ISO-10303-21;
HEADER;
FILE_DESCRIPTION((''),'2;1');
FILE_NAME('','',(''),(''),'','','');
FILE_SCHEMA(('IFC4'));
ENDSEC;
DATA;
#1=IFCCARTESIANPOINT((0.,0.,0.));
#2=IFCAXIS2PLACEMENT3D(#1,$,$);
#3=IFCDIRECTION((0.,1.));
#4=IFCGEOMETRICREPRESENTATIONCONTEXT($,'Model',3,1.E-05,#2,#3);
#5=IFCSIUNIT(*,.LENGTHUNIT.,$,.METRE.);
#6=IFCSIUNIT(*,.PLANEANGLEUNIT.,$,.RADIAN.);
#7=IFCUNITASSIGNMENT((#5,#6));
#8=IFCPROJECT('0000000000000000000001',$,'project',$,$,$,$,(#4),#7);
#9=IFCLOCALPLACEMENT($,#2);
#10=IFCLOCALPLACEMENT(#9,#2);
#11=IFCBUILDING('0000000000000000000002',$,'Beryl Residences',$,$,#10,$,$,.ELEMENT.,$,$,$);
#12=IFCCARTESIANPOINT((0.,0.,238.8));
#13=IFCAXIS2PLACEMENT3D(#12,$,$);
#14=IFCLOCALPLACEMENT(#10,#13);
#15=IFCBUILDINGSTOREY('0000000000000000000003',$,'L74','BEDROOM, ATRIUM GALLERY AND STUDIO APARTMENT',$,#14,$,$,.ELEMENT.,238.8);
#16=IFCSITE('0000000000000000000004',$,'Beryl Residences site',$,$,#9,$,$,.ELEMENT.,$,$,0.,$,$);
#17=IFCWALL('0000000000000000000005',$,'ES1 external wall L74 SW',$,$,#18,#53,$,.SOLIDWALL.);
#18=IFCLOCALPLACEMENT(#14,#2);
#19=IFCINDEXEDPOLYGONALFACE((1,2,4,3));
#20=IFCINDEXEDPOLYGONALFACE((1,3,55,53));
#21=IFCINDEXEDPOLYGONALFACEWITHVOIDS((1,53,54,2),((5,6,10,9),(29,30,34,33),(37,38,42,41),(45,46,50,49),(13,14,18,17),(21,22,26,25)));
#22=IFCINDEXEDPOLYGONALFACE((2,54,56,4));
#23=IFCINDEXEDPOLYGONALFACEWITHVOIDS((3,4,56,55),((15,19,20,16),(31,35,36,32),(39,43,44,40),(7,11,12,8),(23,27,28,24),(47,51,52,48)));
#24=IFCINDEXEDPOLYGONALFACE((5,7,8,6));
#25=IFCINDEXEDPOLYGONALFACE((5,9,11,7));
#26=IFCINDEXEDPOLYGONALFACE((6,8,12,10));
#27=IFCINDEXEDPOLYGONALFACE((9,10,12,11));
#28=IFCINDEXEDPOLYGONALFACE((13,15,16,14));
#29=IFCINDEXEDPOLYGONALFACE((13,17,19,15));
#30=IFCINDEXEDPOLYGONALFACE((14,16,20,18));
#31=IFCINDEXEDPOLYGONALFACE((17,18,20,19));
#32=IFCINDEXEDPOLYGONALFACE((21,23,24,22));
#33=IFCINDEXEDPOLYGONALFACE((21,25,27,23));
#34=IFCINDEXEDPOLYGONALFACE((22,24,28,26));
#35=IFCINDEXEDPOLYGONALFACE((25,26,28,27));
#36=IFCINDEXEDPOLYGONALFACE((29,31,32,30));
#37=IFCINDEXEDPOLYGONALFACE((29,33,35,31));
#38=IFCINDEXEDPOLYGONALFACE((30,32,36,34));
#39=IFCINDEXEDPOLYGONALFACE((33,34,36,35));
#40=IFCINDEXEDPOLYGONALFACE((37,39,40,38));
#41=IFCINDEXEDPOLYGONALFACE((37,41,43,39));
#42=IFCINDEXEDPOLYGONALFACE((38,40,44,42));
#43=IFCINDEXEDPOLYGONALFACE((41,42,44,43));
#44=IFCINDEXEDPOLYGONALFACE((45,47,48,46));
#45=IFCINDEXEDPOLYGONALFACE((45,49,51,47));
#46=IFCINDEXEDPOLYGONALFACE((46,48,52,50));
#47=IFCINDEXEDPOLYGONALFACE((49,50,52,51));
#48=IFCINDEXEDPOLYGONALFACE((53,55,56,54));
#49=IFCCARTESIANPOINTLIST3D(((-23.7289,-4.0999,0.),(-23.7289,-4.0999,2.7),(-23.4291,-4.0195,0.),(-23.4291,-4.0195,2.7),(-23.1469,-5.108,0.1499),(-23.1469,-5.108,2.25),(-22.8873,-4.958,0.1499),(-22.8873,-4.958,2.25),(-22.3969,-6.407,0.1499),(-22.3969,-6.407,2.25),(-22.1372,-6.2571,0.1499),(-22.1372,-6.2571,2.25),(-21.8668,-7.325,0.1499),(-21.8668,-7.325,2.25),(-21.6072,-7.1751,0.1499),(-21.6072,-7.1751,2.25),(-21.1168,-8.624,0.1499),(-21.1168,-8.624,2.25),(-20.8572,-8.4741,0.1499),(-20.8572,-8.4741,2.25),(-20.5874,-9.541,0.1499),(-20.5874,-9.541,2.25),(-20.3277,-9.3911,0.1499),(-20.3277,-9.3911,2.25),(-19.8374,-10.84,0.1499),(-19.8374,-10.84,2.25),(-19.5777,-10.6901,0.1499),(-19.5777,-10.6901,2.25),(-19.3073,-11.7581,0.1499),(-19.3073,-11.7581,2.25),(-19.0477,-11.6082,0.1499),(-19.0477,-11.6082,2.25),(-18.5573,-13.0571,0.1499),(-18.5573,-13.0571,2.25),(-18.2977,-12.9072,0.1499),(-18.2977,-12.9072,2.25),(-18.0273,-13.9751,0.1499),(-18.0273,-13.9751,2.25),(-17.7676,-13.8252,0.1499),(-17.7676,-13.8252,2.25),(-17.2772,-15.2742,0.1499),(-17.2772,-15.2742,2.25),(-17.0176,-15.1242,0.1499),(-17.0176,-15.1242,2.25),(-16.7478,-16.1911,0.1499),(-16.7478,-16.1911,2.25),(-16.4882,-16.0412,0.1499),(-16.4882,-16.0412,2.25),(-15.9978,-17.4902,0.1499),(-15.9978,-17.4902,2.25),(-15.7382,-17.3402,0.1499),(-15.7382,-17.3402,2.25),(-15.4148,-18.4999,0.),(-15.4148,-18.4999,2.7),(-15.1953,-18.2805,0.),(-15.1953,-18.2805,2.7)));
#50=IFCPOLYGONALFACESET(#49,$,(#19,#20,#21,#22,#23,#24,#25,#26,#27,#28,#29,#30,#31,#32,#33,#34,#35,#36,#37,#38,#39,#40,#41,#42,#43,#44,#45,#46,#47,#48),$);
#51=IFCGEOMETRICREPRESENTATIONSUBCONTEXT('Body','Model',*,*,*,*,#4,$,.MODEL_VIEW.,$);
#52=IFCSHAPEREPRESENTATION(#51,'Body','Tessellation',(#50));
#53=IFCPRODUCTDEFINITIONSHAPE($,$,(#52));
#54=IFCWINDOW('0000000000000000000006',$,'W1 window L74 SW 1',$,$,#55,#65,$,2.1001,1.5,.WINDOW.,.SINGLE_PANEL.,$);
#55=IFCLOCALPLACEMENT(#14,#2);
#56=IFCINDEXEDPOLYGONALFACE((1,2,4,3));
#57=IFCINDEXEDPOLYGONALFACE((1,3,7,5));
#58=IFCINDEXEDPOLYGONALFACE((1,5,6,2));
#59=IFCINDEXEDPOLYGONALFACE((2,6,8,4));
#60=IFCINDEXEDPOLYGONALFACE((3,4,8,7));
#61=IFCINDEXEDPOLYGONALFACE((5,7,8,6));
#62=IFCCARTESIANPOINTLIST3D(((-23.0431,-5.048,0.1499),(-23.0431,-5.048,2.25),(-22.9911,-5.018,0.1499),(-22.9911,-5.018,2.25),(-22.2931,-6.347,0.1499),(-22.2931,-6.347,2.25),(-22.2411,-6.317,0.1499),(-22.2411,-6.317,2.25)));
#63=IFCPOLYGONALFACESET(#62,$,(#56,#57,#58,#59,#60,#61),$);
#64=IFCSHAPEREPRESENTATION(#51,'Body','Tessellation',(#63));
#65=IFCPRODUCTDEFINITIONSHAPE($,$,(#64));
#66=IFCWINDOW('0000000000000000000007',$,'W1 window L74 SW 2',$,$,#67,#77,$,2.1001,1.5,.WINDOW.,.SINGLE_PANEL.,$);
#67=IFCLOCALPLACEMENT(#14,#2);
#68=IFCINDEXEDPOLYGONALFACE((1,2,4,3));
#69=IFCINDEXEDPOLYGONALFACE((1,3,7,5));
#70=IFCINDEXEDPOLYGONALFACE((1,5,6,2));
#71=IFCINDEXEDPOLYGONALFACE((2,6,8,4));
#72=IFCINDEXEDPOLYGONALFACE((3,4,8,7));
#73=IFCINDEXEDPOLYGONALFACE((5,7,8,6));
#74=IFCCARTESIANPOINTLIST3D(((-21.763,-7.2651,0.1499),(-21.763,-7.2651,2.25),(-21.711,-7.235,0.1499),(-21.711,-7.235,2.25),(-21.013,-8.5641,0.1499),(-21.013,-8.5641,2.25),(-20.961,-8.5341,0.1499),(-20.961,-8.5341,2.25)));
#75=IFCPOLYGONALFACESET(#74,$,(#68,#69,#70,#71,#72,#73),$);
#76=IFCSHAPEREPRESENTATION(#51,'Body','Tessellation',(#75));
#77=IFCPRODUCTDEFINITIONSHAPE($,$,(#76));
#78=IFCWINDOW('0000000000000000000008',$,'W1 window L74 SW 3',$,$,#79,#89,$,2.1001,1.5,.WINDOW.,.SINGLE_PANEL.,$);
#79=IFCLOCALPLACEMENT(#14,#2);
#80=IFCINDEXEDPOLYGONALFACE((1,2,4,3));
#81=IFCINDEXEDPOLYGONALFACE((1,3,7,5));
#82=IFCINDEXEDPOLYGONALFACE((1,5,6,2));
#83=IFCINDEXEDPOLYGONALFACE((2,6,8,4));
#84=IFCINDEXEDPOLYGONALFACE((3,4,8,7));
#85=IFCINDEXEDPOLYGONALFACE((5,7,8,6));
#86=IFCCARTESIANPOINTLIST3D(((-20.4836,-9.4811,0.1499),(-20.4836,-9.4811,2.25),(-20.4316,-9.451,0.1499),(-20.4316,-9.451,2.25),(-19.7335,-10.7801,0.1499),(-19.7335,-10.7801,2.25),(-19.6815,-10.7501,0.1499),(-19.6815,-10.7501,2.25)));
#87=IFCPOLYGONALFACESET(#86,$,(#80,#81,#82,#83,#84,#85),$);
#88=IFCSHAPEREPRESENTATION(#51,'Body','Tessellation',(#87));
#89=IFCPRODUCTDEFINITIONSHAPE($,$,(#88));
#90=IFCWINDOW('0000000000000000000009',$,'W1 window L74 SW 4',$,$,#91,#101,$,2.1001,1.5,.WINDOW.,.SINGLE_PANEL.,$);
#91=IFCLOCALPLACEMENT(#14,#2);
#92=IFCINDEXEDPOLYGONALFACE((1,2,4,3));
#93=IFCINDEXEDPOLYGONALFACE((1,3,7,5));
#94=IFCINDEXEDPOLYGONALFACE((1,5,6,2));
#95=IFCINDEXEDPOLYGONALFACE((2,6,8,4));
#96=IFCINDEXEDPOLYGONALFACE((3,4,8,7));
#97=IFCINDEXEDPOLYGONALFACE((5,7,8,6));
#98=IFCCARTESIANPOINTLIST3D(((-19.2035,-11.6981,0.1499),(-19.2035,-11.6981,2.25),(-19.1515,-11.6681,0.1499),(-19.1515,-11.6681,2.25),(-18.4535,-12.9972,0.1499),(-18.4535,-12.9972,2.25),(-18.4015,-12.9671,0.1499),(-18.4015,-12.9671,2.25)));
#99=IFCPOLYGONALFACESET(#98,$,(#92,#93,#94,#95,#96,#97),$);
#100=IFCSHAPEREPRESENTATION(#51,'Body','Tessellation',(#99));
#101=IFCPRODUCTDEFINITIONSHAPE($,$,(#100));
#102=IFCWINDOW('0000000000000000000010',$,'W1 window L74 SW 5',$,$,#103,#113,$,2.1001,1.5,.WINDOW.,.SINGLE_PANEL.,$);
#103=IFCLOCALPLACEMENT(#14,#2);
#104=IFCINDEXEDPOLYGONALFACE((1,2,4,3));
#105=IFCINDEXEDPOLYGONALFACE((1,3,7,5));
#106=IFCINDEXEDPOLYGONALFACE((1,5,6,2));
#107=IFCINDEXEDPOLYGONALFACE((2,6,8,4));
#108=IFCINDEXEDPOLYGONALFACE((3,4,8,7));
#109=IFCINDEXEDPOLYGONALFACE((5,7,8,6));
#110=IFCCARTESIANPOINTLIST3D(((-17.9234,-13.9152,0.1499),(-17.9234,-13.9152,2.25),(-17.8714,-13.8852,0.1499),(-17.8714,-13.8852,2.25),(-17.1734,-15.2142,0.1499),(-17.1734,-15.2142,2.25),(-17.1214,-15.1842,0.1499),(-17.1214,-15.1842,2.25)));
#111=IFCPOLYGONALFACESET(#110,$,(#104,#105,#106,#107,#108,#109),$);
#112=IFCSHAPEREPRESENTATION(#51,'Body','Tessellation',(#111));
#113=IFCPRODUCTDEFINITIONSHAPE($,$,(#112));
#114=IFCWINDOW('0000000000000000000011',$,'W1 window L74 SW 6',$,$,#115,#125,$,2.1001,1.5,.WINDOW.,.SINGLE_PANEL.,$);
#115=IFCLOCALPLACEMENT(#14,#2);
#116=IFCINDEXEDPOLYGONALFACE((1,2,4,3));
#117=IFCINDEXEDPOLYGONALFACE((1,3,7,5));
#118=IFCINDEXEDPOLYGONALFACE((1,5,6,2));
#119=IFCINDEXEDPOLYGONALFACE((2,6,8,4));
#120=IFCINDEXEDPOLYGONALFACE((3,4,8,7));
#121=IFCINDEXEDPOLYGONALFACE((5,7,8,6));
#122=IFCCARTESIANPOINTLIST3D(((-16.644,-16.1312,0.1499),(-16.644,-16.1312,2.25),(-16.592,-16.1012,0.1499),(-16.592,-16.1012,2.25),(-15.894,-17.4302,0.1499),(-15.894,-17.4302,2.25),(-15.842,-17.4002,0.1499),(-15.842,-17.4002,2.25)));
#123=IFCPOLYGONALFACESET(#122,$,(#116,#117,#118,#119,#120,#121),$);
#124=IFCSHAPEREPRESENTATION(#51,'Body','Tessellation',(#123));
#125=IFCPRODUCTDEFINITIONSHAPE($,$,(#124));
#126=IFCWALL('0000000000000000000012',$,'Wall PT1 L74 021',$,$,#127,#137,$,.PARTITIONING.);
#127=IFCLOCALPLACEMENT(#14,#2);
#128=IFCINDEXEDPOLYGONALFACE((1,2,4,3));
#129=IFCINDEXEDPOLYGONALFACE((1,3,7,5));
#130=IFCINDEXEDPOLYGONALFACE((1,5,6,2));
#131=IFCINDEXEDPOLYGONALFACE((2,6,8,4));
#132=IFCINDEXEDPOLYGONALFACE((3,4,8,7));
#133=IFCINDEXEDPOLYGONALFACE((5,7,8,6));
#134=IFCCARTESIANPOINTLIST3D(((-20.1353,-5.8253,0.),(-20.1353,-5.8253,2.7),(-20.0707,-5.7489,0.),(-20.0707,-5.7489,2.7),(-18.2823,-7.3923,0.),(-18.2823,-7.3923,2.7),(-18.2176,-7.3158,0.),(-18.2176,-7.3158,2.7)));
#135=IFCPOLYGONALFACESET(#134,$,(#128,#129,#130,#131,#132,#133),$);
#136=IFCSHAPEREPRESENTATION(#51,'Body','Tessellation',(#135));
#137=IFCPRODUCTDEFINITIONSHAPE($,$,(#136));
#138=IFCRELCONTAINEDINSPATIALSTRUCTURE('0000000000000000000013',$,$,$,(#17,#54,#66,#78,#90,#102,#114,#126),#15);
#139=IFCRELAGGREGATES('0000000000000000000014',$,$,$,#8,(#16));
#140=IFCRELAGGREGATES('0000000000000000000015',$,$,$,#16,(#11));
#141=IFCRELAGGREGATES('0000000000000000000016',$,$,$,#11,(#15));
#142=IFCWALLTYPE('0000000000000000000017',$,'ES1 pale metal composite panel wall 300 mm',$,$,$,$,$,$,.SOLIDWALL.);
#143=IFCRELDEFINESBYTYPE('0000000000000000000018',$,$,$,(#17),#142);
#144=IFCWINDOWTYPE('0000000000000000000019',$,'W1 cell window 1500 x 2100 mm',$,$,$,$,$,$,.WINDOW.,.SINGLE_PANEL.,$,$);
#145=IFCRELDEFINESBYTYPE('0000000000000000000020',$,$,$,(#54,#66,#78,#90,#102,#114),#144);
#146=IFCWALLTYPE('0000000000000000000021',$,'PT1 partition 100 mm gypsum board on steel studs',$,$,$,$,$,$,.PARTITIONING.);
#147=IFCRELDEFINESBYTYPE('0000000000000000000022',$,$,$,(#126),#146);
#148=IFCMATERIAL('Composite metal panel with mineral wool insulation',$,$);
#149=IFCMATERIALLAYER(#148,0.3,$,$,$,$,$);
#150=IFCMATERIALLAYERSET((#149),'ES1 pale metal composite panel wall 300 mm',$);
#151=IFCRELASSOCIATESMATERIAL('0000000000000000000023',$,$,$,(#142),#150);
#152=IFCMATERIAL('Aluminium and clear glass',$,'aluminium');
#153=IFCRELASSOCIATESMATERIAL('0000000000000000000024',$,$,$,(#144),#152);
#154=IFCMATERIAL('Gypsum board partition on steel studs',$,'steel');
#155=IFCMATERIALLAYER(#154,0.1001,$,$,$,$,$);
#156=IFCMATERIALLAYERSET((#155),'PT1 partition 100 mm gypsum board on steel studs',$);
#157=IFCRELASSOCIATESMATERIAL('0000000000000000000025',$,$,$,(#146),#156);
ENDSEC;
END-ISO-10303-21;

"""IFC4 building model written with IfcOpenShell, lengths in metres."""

from ifc_helpers import new_model, si_unit, direction, frame, frame_2d, origin, place, context, subcontext, project, spatial, polyline, rectangle, outline, extrude, material, layer, layer_set, type_object, element, fill, save


model = new_model("IFC4")

# Units and contexts
model_context = context("Model", 3, precision=1e-05, world=origin(), true_north=direction((0.0, 1.0)))
body_context = subcontext(model_context, "Body", "Model", "MODEL_VIEW")
ifc_project = project(units=[si_unit("LENGTHUNIT", "METRE"), si_unit("PLANEANGLEUNIT", "RADIAN")], contexts=[model_context])

# Site, building, storey
site_placement = place(None, origin())
site = spatial("IfcSite", under=ifc_project, at=site_placement, Name="Beryl Residences site", CompositionType="ELEMENT", RefElevation=0.0)
building_placement = place(site_placement, origin())
building = spatial("IfcBuilding", under=site, at=building_placement, Name="Beryl Residences", CompositionType="ELEMENT")
storey_placement = place(building_placement, frame((0.0, 0.0, 238.8)))
storey = spatial("IfcBuildingStorey", under=building, at=storey_placement, Name="L74", Description="BEDROOM, ATRIUM GALLERY AND STUDIO APARTMENT", CompositionType="ELEMENT", Elevation=238.8)

# Wall, openings, windows
ifc_material_1 = material(Name="Composite metal panel with mineral wool insulation")
ifc_layer_1 = layer(ifc_material_1, 0.3)
ifc_layer_set_1 = layer_set([ifc_layer_1], Name="ES1 pale metal composite panel wall 300 mm")
wall_type_1 = type_object("IfcWallType", Name="ES1 pale metal composite panel wall 300 mm", PredefinedType="SOLIDWALL", material=ifc_layer_set_1)
wall_1_placement = place(storey_placement, frame((-23.5991, -4.0249, 0.0), z_axis=(0.0, 0.0, 1.0), x_axis=(0.500013, -0.866018, 0.0)))
wall_1 = element("IfcWall", 1, at=wall_1_placement, inside=storey, type_object=wall_type_1, Name="ES1 external wall L74 SW", PredefinedType="SOLIDWALL", context=body_context, shape_type="SweptSolid", body=[
    extrude(outline(polyline([(0.0, -0.1499), (16.6279, -0.1499), (16.5476, 0.1499), (0.0803, 0.1499), (0.0, -0.1499)])), origin(), (0.0, 0.0, 1.0), 2.7),
])
opening_1_placement = place(wall_1_placement, frame((1.1641, 0.0, 0.1499)))
opening_1 = element("IfcOpeningElement", 2, at=opening_1_placement, cuts=wall_1, PredefinedType="OPENING", context=body_context, shape_type="SweptSolid", body=[
    extrude(rectangle(XDim=1.5, YDim=2.1001, at=frame_2d((0.75, 1.05))), frame((0.0, 0.1599, 0.0), z_axis=(0.0, -1.0, 0.0), x_axis=(1.0, 0.0, 0.0)), (0.0, 0.0, 1.0), 0.3201),
])
opening_2_placement = place(wall_1_placement, frame((3.7241, 0.0, 0.1499)))
opening_2 = element("IfcOpeningElement", 3, at=opening_2_placement, cuts=wall_1, PredefinedType="OPENING", context=body_context, shape_type="SweptSolid", body=[
    extrude(rectangle(XDim=1.5, YDim=2.1001, at=frame_2d((0.75, 1.05))), frame((0.0, 0.1599, 0.0), z_axis=(0.0, -1.0, 0.0), x_axis=(1.0, 0.0, 0.0)), (0.0, 0.0, 1.0), 0.3201),
])
opening_3_placement = place(wall_1_placement, frame((6.283, 0.0, 0.1499)))
opening_3 = element("IfcOpeningElement", 4, at=opening_3_placement, cuts=wall_1, PredefinedType="OPENING", context=body_context, shape_type="SweptSolid", body=[
    extrude(rectangle(XDim=1.5, YDim=2.1001, at=frame_2d((0.75, 1.05))), frame((0.0, 0.1599, 0.0), z_axis=(0.0, -1.0, 0.0), x_axis=(1.0, 0.0, 0.0)), (0.0, 0.0, 1.0), 0.3201),
])
opening_4_placement = place(wall_1_placement, frame((8.843, 0.0, 0.1499)))
opening_4 = element("IfcOpeningElement", 5, at=opening_4_placement, cuts=wall_1, PredefinedType="OPENING", context=body_context, shape_type="SweptSolid", body=[
    extrude(rectangle(XDim=1.5, YDim=2.1001, at=frame_2d((0.75, 1.05))), frame((0.0, 0.1599, 0.0), z_axis=(0.0, -1.0, 0.0), x_axis=(1.0, 0.0, 0.0)), (0.0, 0.0, 1.0), 0.3201),
])
opening_5_placement = place(wall_1_placement, frame((11.4031, 0.0, 0.1499)))
opening_5 = element("IfcOpeningElement", 6, at=opening_5_placement, cuts=wall_1, PredefinedType="OPENING", context=body_context, shape_type="SweptSolid", body=[
    extrude(rectangle(XDim=1.5, YDim=2.1001, at=frame_2d((0.75, 1.05))), frame((0.0, 0.1599, 0.0), z_axis=(0.0, -1.0, 0.0), x_axis=(1.0, 0.0, 0.0)), (0.0, 0.0, 1.0), 0.3201),
])
opening_6_placement = place(wall_1_placement, frame((13.9619, 0.0, 0.1499)))
opening_6 = element("IfcOpeningElement", 7, at=opening_6_placement, cuts=wall_1, PredefinedType="OPENING", context=body_context, shape_type="SweptSolid", body=[
    extrude(rectangle(XDim=1.5, YDim=2.1001, at=frame_2d((0.75, 1.05))), frame((0.0, 0.1599, 0.0), z_axis=(0.0, -1.0, 0.0), x_axis=(1.0, 0.0, 0.0)), (0.0, 0.0, 1.0), 0.3201),
])
ifc_material_2 = material(Name="Aluminium and clear glass", Category="aluminium")
window_type = type_object("IfcWindowType", Name="W1 cell window 1500 x 2100 mm", PartitioningType="SINGLE_PANEL", PredefinedType="WINDOW", material=ifc_material_2)
window_1_placement = place(opening_1_placement, origin())
window_1 = element("IfcWindow", 8, at=window_1_placement, inside=storey, type_object=window_type, Name="W1 window L74 SW 1", OverallHeight=2.1001, OverallWidth=1.5, PartitioningType="SINGLE_PANEL", PredefinedType="WINDOW", context=body_context, shape_type="SweptSolid", body=[
    extrude(rectangle(XDim=1.5, YDim=2.1001, at=frame_2d((0.75, 1.05))), frame((0.0, 0.03, 0.0), z_axis=(0.0, -1.0, 0.0), x_axis=(1.0, 0.0, 0.0)), (0.0, 0.0, 1.0), 0.0601),
])
fill(opening_1, window_1)
window_2_placement = place(opening_2_placement, origin())
window_2 = element("IfcWindow", 9, at=window_2_placement, inside=storey, type_object=window_type, Name="W1 window L74 SW 2", OverallHeight=2.1001, OverallWidth=1.5, PartitioningType="SINGLE_PANEL", PredefinedType="WINDOW", context=body_context, shape_type="SweptSolid", body=[
    extrude(rectangle(XDim=1.5, YDim=2.1001, at=frame_2d((0.75, 1.05))), frame((0.0, 0.03, 0.0), z_axis=(0.0, -1.0, 0.0), x_axis=(1.0, 0.0, 0.0)), (0.0, 0.0, 1.0), 0.0601),
])
fill(opening_2, window_2)
window_3_placement = place(opening_3_placement, origin())
window_3 = element("IfcWindow", 10, at=window_3_placement, inside=storey, type_object=window_type, Name="W1 window L74 SW 3", OverallHeight=2.1001, OverallWidth=1.5, PartitioningType="SINGLE_PANEL", PredefinedType="WINDOW", context=body_context, shape_type="SweptSolid", body=[
    extrude(rectangle(XDim=1.5, YDim=2.1001, at=frame_2d((0.75, 1.05))), frame((0.0, 0.03, 0.0), z_axis=(0.0, -1.0, 0.0), x_axis=(1.0, 0.0, 0.0)), (0.0, 0.0, 1.0), 0.0601),
])
fill(opening_3, window_3)
window_4_placement = place(opening_4_placement, origin())
window_4 = element("IfcWindow", 11, at=window_4_placement, inside=storey, type_object=window_type, Name="W1 window L74 SW 4", OverallHeight=2.1001, OverallWidth=1.5, PartitioningType="SINGLE_PANEL", PredefinedType="WINDOW", context=body_context, shape_type="SweptSolid", body=[
    extrude(rectangle(XDim=1.5, YDim=2.1001, at=frame_2d((0.75, 1.05))), frame((0.0, 0.03, 0.0), z_axis=(0.0, -1.0, 0.0), x_axis=(1.0, 0.0, 0.0)), (0.0, 0.0, 1.0), 0.0601),
])
fill(opening_4, window_4)
window_5_placement = place(opening_5_placement, origin())
window_5 = element("IfcWindow", 12, at=window_5_placement, inside=storey, type_object=window_type, Name="W1 window L74 SW 5", OverallHeight=2.1001, OverallWidth=1.5, PartitioningType="SINGLE_PANEL", PredefinedType="WINDOW", context=body_context, shape_type="SweptSolid", body=[
    extrude(rectangle(XDim=1.5, YDim=2.1001, at=frame_2d((0.75, 1.05))), frame((0.0, 0.03, 0.0), z_axis=(0.0, -1.0, 0.0), x_axis=(1.0, 0.0, 0.0)), (0.0, 0.0, 1.0), 0.0601),
])
fill(opening_5, window_5)
window_6_placement = place(opening_6_placement, origin())
window_6 = element("IfcWindow", 13, at=window_6_placement, inside=storey, type_object=window_type, Name="W1 window L74 SW 6", OverallHeight=2.1001, OverallWidth=1.5, PartitioningType="SINGLE_PANEL", PredefinedType="WINDOW", context=body_context, shape_type="SweptSolid", body=[
    extrude(rectangle(XDim=1.5, YDim=2.1001, at=frame_2d((0.75, 1.05))), frame((0.0, 0.03, 0.0), z_axis=(0.0, -1.0, 0.0), x_axis=(1.0, 0.0, 0.0)), (0.0, 0.0, 1.0), 0.0601),
])
fill(opening_6, window_6)

# Wall
ifc_material_3 = material(Name="Gypsum board partition on steel studs", Category="steel")
ifc_layer_2 = layer(ifc_material_3, 0.1001)
ifc_layer_set_2 = layer_set([ifc_layer_2], Name="PT1 partition 100 mm gypsum board on steel studs")
wall_type_2 = type_object("IfcWallType", Name="PT1 partition 100 mm gypsum board on steel studs", PredefinedType="PARTITIONING", material=ifc_layer_set_2)
wall_2_placement = place(storey_placement, frame((-20.103, -5.7871, 0.0), z_axis=(0.0, 0.0, 1.0), x_axis=(0.7636, -0.64569, 0.0)))
element("IfcWall", 14, at=wall_2_placement, inside=storey, type_object=wall_type_2, Name="Wall PT1 L74 021", PredefinedType="PARTITIONING", context=body_context, shape_type="SweptSolid", body=[
    extrude(rectangle(XDim=2.4268, YDim=0.1001, at=frame_2d((1.2134, 0.0))), origin(), (0.0, 0.0, 1.0), 2.7),
])

save(model, "model.ifc")
